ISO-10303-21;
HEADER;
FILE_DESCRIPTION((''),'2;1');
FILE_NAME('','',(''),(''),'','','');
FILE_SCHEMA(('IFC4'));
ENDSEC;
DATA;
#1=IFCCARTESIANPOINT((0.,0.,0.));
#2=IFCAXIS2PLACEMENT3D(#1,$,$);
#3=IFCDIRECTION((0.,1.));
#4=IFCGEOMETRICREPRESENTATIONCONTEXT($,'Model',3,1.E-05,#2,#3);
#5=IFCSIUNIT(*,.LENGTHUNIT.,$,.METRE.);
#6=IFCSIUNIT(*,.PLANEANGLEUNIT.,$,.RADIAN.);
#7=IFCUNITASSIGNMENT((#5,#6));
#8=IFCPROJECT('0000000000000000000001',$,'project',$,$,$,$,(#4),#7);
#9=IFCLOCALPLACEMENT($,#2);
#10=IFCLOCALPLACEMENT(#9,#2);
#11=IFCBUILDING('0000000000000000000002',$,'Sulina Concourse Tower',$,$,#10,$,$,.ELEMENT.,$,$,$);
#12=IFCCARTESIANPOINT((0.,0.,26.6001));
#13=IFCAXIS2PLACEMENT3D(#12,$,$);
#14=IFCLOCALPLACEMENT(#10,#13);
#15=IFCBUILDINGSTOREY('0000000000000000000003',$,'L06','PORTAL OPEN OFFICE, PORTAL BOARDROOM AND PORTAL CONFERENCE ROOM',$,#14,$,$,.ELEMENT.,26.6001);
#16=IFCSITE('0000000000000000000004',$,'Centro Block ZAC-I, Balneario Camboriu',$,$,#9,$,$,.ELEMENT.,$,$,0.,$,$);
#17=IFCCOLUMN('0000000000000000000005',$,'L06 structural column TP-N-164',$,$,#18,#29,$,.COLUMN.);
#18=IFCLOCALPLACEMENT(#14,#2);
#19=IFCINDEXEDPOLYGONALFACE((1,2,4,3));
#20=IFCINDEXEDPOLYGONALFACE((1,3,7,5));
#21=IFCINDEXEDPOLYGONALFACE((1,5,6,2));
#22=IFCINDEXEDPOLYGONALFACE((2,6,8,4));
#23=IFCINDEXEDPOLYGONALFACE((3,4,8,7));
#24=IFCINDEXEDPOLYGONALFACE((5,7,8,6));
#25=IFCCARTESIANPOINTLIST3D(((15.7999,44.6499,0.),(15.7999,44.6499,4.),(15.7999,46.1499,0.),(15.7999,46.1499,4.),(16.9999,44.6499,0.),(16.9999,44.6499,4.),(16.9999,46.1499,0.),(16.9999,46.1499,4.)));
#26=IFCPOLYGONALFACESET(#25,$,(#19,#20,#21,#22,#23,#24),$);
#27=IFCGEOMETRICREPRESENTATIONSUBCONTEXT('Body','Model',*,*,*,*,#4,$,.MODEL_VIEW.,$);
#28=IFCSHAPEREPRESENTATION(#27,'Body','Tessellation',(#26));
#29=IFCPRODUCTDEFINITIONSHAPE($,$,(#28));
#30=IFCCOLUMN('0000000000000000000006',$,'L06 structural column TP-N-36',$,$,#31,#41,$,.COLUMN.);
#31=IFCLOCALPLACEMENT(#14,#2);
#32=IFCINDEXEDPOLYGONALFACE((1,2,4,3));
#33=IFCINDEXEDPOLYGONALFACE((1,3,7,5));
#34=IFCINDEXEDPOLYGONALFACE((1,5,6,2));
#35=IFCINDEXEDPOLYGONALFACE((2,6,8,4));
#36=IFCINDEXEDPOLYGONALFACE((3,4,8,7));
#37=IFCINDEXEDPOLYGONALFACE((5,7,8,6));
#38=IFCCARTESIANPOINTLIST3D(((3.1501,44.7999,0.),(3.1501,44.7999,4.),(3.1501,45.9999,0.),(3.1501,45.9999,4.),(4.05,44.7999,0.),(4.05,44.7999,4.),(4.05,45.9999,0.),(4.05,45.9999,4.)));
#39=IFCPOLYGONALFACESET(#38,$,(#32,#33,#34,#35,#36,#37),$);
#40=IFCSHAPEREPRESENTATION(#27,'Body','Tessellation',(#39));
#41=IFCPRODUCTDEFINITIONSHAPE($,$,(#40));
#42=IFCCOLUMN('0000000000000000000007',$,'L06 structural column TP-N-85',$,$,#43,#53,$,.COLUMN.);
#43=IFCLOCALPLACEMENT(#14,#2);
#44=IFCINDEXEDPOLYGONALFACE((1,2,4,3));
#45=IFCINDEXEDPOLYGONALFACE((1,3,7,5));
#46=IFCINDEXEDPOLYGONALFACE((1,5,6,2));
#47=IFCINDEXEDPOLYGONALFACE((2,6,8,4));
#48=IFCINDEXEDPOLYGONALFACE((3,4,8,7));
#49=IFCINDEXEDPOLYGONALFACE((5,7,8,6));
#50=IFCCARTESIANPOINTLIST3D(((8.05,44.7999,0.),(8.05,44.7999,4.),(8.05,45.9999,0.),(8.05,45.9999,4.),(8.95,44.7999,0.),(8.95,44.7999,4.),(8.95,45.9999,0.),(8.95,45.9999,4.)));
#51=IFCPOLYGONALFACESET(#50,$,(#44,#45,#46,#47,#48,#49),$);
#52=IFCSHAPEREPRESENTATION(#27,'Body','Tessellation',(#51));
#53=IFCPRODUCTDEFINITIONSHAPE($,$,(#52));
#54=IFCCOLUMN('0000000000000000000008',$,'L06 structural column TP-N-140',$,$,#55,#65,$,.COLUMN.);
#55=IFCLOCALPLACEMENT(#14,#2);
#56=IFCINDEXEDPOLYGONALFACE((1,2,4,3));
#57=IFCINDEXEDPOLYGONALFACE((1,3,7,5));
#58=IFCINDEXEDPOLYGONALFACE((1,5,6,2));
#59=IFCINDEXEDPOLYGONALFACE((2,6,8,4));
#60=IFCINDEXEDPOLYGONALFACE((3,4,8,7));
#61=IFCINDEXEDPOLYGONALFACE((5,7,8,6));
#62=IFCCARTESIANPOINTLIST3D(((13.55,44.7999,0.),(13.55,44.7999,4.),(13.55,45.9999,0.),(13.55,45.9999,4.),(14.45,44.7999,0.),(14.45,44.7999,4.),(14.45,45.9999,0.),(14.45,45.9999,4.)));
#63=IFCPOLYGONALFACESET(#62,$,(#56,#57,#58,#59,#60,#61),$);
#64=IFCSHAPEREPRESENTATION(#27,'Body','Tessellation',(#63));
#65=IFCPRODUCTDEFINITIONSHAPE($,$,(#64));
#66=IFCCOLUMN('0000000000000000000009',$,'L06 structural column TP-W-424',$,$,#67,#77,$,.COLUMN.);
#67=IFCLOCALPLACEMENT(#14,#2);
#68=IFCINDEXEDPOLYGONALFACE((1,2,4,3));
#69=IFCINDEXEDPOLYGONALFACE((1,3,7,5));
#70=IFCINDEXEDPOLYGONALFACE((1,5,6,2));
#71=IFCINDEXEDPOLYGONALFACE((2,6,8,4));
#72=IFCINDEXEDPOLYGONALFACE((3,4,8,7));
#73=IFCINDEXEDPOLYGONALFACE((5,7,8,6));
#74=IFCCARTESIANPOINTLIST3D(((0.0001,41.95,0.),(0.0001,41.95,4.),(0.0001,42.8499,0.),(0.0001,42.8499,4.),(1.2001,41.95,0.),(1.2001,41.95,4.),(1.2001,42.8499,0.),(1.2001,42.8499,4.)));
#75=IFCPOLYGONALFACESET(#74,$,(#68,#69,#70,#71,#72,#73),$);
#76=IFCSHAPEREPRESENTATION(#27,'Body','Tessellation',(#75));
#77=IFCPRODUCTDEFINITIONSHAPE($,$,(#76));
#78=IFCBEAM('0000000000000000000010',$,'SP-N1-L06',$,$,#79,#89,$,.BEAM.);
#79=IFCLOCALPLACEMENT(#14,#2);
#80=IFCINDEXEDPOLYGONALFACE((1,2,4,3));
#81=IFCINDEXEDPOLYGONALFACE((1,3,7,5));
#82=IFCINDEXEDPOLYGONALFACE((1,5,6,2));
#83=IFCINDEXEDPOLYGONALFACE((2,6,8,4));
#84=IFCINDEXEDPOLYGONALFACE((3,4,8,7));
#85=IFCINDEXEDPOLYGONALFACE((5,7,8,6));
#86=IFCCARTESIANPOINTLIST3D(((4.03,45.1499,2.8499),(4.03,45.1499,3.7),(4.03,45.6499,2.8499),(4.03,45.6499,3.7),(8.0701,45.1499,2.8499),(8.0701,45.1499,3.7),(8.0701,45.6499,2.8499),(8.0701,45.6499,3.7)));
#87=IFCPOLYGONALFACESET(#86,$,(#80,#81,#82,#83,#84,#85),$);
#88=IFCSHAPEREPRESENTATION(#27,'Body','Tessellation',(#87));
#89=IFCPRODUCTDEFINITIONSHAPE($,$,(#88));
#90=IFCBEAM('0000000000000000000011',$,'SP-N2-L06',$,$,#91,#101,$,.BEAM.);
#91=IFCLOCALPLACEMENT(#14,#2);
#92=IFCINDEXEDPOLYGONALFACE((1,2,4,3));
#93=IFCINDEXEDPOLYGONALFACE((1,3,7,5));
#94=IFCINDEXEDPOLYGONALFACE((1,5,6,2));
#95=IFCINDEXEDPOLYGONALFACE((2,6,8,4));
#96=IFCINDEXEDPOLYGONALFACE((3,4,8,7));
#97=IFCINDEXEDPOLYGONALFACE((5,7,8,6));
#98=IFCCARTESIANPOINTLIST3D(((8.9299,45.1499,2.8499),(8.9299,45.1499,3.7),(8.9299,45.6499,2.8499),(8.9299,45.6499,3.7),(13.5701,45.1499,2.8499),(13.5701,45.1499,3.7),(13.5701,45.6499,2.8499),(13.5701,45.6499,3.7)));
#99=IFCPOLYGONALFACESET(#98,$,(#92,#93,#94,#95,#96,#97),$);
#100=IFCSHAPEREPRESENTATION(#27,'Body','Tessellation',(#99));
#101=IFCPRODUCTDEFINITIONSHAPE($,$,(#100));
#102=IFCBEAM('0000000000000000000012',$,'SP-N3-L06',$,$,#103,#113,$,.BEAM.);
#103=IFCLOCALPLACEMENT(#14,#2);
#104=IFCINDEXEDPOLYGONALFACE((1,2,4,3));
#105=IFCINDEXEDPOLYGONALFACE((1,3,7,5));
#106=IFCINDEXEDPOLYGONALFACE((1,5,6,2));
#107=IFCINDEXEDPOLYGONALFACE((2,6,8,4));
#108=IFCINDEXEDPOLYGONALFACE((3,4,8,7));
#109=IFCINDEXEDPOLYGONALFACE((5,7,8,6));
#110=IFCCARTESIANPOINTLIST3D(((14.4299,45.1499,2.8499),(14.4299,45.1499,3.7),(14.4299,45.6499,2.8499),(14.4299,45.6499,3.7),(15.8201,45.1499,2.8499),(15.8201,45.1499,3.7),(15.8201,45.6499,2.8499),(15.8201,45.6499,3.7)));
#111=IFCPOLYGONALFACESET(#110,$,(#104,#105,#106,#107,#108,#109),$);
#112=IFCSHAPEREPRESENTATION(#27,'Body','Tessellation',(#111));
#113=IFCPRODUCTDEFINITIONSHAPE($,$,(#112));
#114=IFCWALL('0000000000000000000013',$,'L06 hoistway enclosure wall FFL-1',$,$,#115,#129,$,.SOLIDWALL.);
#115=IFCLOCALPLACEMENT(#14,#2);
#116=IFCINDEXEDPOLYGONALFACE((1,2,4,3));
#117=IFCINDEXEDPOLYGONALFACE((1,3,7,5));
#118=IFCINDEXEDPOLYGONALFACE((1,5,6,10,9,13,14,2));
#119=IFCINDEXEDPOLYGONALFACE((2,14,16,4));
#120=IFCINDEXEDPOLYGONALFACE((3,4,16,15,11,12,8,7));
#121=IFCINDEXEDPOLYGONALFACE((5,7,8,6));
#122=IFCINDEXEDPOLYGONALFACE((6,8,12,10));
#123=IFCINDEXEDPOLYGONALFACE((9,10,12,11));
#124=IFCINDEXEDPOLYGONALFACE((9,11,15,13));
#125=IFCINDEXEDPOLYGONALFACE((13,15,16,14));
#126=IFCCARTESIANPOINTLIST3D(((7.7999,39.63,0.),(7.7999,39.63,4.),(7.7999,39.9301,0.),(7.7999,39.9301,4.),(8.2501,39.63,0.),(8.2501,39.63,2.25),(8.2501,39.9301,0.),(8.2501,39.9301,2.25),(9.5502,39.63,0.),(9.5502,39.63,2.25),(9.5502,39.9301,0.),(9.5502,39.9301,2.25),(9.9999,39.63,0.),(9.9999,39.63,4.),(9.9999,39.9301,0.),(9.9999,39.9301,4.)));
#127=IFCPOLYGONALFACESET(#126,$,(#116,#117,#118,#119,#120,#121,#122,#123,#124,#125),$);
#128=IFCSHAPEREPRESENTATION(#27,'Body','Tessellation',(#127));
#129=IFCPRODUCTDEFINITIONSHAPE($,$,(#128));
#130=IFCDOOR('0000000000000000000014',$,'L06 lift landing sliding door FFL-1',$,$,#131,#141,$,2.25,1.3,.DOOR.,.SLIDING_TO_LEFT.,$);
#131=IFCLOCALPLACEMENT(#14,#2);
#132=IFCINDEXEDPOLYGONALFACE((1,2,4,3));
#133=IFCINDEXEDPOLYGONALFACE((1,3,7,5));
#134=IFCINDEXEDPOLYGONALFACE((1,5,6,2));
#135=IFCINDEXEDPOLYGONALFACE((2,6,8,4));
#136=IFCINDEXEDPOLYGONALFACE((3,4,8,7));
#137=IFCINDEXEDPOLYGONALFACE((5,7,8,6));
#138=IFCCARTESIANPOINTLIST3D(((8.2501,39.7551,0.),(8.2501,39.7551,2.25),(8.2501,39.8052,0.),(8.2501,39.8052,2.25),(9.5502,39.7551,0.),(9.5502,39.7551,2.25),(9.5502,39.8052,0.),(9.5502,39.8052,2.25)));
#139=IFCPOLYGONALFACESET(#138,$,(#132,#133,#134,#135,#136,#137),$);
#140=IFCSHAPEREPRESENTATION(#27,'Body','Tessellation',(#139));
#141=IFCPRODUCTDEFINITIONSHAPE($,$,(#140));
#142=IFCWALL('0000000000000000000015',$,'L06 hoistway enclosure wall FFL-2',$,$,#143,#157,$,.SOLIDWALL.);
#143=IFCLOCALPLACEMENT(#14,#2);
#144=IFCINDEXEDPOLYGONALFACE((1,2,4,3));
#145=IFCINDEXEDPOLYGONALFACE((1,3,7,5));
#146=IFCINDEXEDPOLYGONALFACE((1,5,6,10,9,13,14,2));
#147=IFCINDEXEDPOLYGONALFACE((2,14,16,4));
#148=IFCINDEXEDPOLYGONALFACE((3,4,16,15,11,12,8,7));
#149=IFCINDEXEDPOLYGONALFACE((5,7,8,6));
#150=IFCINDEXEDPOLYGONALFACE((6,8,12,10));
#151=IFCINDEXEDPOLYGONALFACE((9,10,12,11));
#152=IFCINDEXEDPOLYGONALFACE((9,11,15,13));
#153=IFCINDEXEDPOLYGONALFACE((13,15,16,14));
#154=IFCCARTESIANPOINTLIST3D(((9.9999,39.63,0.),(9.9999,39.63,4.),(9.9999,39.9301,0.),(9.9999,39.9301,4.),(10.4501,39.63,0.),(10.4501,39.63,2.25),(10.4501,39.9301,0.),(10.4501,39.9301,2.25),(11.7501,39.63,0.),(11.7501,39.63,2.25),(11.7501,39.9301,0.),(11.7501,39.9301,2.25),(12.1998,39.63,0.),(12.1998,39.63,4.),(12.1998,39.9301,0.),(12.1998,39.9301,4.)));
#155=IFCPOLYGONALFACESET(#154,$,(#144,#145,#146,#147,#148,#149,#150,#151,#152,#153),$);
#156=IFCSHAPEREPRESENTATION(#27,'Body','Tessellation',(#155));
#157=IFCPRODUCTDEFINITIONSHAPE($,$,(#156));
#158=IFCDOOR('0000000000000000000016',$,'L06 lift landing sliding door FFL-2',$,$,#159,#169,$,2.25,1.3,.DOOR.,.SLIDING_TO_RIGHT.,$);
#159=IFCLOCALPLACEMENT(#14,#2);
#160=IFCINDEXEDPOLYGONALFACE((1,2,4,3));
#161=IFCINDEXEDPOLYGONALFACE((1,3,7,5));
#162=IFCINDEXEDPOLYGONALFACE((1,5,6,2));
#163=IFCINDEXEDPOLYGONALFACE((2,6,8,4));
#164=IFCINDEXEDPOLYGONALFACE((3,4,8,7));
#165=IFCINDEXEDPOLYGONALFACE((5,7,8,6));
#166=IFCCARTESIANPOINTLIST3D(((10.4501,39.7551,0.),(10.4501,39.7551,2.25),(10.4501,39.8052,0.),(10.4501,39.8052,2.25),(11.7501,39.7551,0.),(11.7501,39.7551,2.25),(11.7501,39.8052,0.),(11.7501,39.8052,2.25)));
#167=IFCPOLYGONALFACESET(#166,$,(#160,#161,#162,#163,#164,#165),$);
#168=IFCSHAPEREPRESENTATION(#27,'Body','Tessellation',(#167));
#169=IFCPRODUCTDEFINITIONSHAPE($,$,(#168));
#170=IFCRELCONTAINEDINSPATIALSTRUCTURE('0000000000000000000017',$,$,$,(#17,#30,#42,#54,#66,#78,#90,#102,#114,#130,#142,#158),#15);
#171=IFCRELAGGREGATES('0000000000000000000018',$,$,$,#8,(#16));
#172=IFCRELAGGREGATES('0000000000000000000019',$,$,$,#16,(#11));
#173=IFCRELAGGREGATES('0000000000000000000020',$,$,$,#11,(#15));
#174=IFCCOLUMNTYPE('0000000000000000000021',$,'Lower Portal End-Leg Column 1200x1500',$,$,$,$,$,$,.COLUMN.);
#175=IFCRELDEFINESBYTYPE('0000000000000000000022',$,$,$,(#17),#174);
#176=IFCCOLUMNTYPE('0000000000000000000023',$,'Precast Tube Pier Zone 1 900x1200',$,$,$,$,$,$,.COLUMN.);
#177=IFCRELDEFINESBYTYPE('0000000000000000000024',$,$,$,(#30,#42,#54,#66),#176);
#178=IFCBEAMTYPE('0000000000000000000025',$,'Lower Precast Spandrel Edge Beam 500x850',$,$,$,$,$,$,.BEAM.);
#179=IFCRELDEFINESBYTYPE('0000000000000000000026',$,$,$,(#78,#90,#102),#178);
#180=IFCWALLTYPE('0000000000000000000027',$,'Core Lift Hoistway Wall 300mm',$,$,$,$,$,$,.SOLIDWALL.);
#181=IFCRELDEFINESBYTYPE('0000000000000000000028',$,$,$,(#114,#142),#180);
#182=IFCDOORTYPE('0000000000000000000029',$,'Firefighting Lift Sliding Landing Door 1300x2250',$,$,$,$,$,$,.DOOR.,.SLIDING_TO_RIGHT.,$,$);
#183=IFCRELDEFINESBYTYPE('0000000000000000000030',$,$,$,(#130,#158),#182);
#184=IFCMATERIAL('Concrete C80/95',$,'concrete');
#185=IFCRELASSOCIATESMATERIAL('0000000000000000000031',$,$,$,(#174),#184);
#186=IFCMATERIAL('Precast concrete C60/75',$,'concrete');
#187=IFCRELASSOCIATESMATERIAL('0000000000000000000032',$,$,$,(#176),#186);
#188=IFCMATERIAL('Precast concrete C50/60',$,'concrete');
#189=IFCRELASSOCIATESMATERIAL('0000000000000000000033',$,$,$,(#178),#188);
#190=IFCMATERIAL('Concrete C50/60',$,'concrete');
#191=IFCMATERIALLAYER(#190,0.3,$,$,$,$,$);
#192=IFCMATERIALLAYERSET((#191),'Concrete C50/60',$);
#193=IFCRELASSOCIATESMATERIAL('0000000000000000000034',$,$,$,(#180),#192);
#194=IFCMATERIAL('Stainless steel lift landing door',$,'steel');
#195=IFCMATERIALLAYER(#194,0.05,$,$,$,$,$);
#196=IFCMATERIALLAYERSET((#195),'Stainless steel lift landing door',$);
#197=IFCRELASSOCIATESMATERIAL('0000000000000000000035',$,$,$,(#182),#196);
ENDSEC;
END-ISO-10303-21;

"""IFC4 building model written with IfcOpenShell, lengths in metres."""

from ifc_helpers import new_model, si_unit, direction, frame, frame_2d, origin, origin_2d, place, context, subcontext, project, spatial, rectangle, extrude, material, layer, layer_set, material_profile, profile_set, type_object, element, fill, save


model = new_model("IFC4")

# Units and contexts
model_context = context("Model", 3, precision=1e-05, world=origin(), true_north=direction((0.0, 1.0)))
body_context = subcontext(model_context, "Body", "Model", "MODEL_VIEW")
ifc_project = project(units=[si_unit("LENGTHUNIT", "METRE"), si_unit("PLANEANGLEUNIT", "RADIAN")], contexts=[model_context])

# Site, building, storey
site_placement = place(None, origin())
site = spatial("IfcSite", under=ifc_project, at=site_placement, Name="Centro Block ZAC-I, Balneario Camboriu", CompositionType="ELEMENT", RefElevation=0.0)
building_placement = place(site_placement, origin())
building = spatial("IfcBuilding", under=site, at=building_placement, Name="Sulina Concourse Tower", CompositionType="ELEMENT")
storey_placement = place(building_placement, frame((0.0, 0.0, 26.6001)))
storey = spatial("IfcBuildingStorey", under=building, at=storey_placement, Name="L06", Description="PORTAL OPEN OFFICE, PORTAL BOARDROOM AND PORTAL CONFERENCE ROOM", CompositionType="ELEMENT", Elevation=26.6001)

# Columns
ifc_material_1 = material(Name="Concrete C80/95", Category="concrete")
ifc_material_profile_1 = material_profile(ifc_material_1, rectangle(XDim=1.2, YDim=1.5, at=origin_2d()), Name="RC 1200x1500")
ifc_profile_set_1 = profile_set([ifc_material_profile_1], Name="Concrete C80/95")
column_type_1 = type_object("IfcColumnType", Name="Lower Portal End-Leg Column 1200x1500", PredefinedType="COLUMN", material=ifc_profile_set_1)
column_placement = place(storey_placement, frame((16.3999, 45.3999, 0.0), z_axis=(0.0, 0.0, 1.0), x_axis=(1.0, 0.0, 0.0)))
element("IfcColumn", 1, at=column_placement, inside=storey, type_object=column_type_1, Name="L06 structural column TP-N-164", PredefinedType="COLUMN", context=body_context, shape_type="SweptSolid", body=[
    extrude(rectangle(XDim=1.2, YDim=1.5, at=origin_2d()), origin(), (0.0, 0.0, 1.0), 4.0),
])
ifc_material_2 = material(Name="Precast concrete C60/75", Category="concrete")
ifc_material_profile_2 = material_profile(ifc_material_2, rectangle(XDim=0.8999, YDim=1.2, at=origin_2d()), Name="PC 900x1200")
ifc_profile_set_2 = profile_set([ifc_material_profile_2], Name="Precast concrete C60/75")
column_type_2 = type_object("IfcColumnType", Name="Precast Tube Pier Zone 1 900x1200", PredefinedType="COLUMN", material=ifc_profile_set_2)
for number, where, z_axis, x_axis, name in (
    (2, (3.6001, 45.3999, 0.0), (0.0, 0.0, 1.0), (1.0, 0.0, 0.0), "L06 structural column TP-N-36"),
    (3, (8.5, 45.3999, 0.0), (0.0, 0.0, 1.0), (1.0, 0.0, 0.0), "L06 structural column TP-N-85"),
    (4, (14.0, 45.3999, 0.0), (0.0, 0.0, 1.0), (1.0, 0.0, 0.0), "L06 structural column TP-N-140"),
    (5, (0.6001, 42.3999, 0.0), (0.0, 0.0, 1.0), (0.0, 1.0, 0.0), "L06 structural column TP-W-424"),
):
    element("IfcColumn", number, at=place(storey_placement, frame(where, z_axis=z_axis, x_axis=x_axis)), inside=storey, type_object=column_type_2, Name=name, PredefinedType="COLUMN", context=body_context, shape_type="SweptSolid", body=[
        extrude(rectangle(XDim=0.8999, YDim=1.2, at=origin_2d()), origin(), (0.0, 0.0, 1.0), 4.0),
    ])

# Beams
ifc_material_3 = material(Name="Precast concrete C50/60", Category="concrete")
ifc_material_profile_3 = material_profile(ifc_material_3, rectangle(XDim=0.5, YDim=0.8501, at=origin_2d()), Name="RC 500x850")
ifc_profile_set_3 = profile_set([ifc_material_profile_3], Name="Precast concrete C50/60")
beam_type = type_object("IfcBeamType", Name="Lower Precast Spandrel Edge Beam 500x850", PredefinedType="BEAM", material=ifc_profile_set_3)
beam_1_placement = place(storey_placement, frame((4.03, 45.3999, 3.2749), z_axis=(1.0, 0.0, 0.0), x_axis=(0.0, 1.0, 0.0)))
element("IfcBeam", 6, at=beam_1_placement, inside=storey, type_object=beam_type, Name="SP-N1-L06", PredefinedType="BEAM", context=body_context, shape_type="SweptSolid", body=[
    extrude(rectangle(XDim=0.5, YDim=0.8501, at=origin_2d()), origin(), (0.0, 0.0, 1.0), 4.04),
])
beam_2_placement = place(storey_placement, frame((8.9299, 45.3999, 3.2749), z_axis=(1.0, 0.0, 0.0), x_axis=(0.0, 1.0, 0.0)))
element("IfcBeam", 7, at=beam_2_placement, inside=storey, type_object=beam_type, Name="SP-N2-L06", PredefinedType="BEAM", context=body_context, shape_type="SweptSolid", body=[
    extrude(rectangle(XDim=0.5, YDim=0.8501, at=origin_2d()), origin(), (0.0, 0.0, 1.0), 4.6401),
])
beam_3_placement = place(storey_placement, frame((14.4299, 45.3999, 3.2749), z_axis=(1.0, 0.0, 0.0), x_axis=(0.0, 1.0, 0.0)))
element("IfcBeam", 8, at=beam_3_placement, inside=storey, type_object=beam_type, Name="SP-N3-L06", PredefinedType="BEAM", context=body_context, shape_type="SweptSolid", body=[
    extrude(rectangle(XDim=0.5, YDim=0.8501, at=origin_2d()), origin(), (0.0, 0.0, 1.0), 1.3901),
])

# Walls, openings, doors
ifc_material_4 = material(Name="Concrete C50/60", Category="concrete")
ifc_layer_1 = layer(ifc_material_4, 0.3)
ifc_layer_set_1 = layer_set([ifc_layer_1], Name="Concrete C50/60")
wall_type_1 = type_object("IfcWallType", Name="Core Lift Hoistway Wall 300mm", PredefinedType="SOLIDWALL", material=ifc_layer_set_1)
wall_1_placement = place(storey_placement, frame((10.0, 39.78, 0.0), z_axis=(0.0, 0.0, 1.0), x_axis=(-1.0, 0.0, 0.0)))
wall_1 = element("IfcWall", 9, at=wall_1_placement, inside=storey, type_object=wall_type_1, Name="L06 hoistway enclosure wall FFL-1", PredefinedType="SOLIDWALL", context=body_context, shape_type="SweptSolid", body=[
    extrude(rectangle(XDim=2.2, YDim=0.3, at=frame_2d((1.1001, 0.0))), origin(), (0.0, 0.0, 1.0), 4.0),
])
opening_1_placement = place(wall_1_placement, frame((0.45, 0.0, 0.0)))
opening_1 = element("IfcOpeningElement", 10, at=opening_1_placement, cuts=wall_1, PredefinedType="OPENING", context=body_context, shape_type="SweptSolid", body=[
    extrude(rectangle(XDim=1.3, YDim=2.25, at=frame_2d((0.6499, 1.125))), frame((0.0, 0.1599, 0.0), z_axis=(0.0, -1.0, 0.0), x_axis=(1.0, 0.0, 0.0)), (0.0, 0.0, 1.0), 0.3201),
])
ifc_material_5 = material(Name="Stainless steel lift landing door", Category="steel")
ifc_layer_2 = layer(ifc_material_5, 0.05)
ifc_layer_set_2 = layer_set([ifc_layer_2], Name="Stainless steel lift landing door")
door_type_1 = type_object("IfcDoorType", Name="Firefighting Lift Sliding Landing Door 1300x2250", OperationType="SLIDING_TO_RIGHT", PredefinedType="DOOR", material=ifc_layer_set_2)
door_1_placement = place(opening_1_placement, origin())
door_1 = element("IfcDoor", 11, at=door_1_placement, inside=storey, type_object=door_type_1, Name="L06 lift landing sliding door FFL-1", OperationType="SLIDING_TO_LEFT", OverallHeight=2.25, OverallWidth=1.3, PredefinedType="DOOR", context=body_context, shape_type="SweptSolid", body=[
    extrude(rectangle(XDim=1.3, YDim=2.25, at=frame_2d((0.6499, 1.125))), frame((0.0, 0.0249, 0.0), z_axis=(0.0, -1.0, 0.0), x_axis=(1.0, 0.0, 0.0)), (0.0, 0.0, 1.0), 0.05),
])
fill(opening_1, door_1)
wall_2_placement = place(storey_placement, frame((12.2, 39.78, 0.0), z_axis=(0.0, 0.0, 1.0), x_axis=(-1.0, 0.0, 0.0)))
wall_2 = element("IfcWall", 12, at=wall_2_placement, inside=storey, type_object=wall_type_1, Name="L06 hoistway enclosure wall FFL-2", PredefinedType="SOLIDWALL", context=body_context, shape_type="SweptSolid", body=[
    extrude(rectangle(XDim=2.2, YDim=0.3, at=frame_2d((1.1001, 0.0))), origin(), (0.0, 0.0, 1.0), 4.0),
])
opening_2_placement = place(wall_2_placement, frame((0.45, 0.0, 0.0)))
opening_2 = element("IfcOpeningElement", 13, at=opening_2_placement, cuts=wall_2, PredefinedType="OPENING", context=body_context, shape_type="SweptSolid", body=[
    extrude(rectangle(XDim=1.3, YDim=2.25, at=frame_2d((0.6499, 1.125))), frame((0.0, 0.1599, 0.0), z_axis=(0.0, -1.0, 0.0), x_axis=(1.0, 0.0, 0.0)), (0.0, 0.0, 1.0), 0.3201),
])
door_2_placement = place(opening_2_placement, origin())
door_2 = element("IfcDoor", 14, at=door_2_placement, inside=storey, type_object=door_type_1, Name="L06 lift landing sliding door FFL-2", OperationType="SLIDING_TO_RIGHT", OverallHeight=2.25, OverallWidth=1.3, PredefinedType="DOOR", context=body_context, shape_type="SweptSolid", body=[
    extrude(rectangle(XDim=1.3, YDim=2.25, at=frame_2d((0.6499, 1.125))), frame((0.0, 0.0249, 0.0), z_axis=(0.0, -1.0, 0.0), x_axis=(1.0, 0.0, 0.0)), (0.0, 0.0, 1.0), 0.05),
])
fill(opening_2, door_2)

save(model, "model.ifc")
